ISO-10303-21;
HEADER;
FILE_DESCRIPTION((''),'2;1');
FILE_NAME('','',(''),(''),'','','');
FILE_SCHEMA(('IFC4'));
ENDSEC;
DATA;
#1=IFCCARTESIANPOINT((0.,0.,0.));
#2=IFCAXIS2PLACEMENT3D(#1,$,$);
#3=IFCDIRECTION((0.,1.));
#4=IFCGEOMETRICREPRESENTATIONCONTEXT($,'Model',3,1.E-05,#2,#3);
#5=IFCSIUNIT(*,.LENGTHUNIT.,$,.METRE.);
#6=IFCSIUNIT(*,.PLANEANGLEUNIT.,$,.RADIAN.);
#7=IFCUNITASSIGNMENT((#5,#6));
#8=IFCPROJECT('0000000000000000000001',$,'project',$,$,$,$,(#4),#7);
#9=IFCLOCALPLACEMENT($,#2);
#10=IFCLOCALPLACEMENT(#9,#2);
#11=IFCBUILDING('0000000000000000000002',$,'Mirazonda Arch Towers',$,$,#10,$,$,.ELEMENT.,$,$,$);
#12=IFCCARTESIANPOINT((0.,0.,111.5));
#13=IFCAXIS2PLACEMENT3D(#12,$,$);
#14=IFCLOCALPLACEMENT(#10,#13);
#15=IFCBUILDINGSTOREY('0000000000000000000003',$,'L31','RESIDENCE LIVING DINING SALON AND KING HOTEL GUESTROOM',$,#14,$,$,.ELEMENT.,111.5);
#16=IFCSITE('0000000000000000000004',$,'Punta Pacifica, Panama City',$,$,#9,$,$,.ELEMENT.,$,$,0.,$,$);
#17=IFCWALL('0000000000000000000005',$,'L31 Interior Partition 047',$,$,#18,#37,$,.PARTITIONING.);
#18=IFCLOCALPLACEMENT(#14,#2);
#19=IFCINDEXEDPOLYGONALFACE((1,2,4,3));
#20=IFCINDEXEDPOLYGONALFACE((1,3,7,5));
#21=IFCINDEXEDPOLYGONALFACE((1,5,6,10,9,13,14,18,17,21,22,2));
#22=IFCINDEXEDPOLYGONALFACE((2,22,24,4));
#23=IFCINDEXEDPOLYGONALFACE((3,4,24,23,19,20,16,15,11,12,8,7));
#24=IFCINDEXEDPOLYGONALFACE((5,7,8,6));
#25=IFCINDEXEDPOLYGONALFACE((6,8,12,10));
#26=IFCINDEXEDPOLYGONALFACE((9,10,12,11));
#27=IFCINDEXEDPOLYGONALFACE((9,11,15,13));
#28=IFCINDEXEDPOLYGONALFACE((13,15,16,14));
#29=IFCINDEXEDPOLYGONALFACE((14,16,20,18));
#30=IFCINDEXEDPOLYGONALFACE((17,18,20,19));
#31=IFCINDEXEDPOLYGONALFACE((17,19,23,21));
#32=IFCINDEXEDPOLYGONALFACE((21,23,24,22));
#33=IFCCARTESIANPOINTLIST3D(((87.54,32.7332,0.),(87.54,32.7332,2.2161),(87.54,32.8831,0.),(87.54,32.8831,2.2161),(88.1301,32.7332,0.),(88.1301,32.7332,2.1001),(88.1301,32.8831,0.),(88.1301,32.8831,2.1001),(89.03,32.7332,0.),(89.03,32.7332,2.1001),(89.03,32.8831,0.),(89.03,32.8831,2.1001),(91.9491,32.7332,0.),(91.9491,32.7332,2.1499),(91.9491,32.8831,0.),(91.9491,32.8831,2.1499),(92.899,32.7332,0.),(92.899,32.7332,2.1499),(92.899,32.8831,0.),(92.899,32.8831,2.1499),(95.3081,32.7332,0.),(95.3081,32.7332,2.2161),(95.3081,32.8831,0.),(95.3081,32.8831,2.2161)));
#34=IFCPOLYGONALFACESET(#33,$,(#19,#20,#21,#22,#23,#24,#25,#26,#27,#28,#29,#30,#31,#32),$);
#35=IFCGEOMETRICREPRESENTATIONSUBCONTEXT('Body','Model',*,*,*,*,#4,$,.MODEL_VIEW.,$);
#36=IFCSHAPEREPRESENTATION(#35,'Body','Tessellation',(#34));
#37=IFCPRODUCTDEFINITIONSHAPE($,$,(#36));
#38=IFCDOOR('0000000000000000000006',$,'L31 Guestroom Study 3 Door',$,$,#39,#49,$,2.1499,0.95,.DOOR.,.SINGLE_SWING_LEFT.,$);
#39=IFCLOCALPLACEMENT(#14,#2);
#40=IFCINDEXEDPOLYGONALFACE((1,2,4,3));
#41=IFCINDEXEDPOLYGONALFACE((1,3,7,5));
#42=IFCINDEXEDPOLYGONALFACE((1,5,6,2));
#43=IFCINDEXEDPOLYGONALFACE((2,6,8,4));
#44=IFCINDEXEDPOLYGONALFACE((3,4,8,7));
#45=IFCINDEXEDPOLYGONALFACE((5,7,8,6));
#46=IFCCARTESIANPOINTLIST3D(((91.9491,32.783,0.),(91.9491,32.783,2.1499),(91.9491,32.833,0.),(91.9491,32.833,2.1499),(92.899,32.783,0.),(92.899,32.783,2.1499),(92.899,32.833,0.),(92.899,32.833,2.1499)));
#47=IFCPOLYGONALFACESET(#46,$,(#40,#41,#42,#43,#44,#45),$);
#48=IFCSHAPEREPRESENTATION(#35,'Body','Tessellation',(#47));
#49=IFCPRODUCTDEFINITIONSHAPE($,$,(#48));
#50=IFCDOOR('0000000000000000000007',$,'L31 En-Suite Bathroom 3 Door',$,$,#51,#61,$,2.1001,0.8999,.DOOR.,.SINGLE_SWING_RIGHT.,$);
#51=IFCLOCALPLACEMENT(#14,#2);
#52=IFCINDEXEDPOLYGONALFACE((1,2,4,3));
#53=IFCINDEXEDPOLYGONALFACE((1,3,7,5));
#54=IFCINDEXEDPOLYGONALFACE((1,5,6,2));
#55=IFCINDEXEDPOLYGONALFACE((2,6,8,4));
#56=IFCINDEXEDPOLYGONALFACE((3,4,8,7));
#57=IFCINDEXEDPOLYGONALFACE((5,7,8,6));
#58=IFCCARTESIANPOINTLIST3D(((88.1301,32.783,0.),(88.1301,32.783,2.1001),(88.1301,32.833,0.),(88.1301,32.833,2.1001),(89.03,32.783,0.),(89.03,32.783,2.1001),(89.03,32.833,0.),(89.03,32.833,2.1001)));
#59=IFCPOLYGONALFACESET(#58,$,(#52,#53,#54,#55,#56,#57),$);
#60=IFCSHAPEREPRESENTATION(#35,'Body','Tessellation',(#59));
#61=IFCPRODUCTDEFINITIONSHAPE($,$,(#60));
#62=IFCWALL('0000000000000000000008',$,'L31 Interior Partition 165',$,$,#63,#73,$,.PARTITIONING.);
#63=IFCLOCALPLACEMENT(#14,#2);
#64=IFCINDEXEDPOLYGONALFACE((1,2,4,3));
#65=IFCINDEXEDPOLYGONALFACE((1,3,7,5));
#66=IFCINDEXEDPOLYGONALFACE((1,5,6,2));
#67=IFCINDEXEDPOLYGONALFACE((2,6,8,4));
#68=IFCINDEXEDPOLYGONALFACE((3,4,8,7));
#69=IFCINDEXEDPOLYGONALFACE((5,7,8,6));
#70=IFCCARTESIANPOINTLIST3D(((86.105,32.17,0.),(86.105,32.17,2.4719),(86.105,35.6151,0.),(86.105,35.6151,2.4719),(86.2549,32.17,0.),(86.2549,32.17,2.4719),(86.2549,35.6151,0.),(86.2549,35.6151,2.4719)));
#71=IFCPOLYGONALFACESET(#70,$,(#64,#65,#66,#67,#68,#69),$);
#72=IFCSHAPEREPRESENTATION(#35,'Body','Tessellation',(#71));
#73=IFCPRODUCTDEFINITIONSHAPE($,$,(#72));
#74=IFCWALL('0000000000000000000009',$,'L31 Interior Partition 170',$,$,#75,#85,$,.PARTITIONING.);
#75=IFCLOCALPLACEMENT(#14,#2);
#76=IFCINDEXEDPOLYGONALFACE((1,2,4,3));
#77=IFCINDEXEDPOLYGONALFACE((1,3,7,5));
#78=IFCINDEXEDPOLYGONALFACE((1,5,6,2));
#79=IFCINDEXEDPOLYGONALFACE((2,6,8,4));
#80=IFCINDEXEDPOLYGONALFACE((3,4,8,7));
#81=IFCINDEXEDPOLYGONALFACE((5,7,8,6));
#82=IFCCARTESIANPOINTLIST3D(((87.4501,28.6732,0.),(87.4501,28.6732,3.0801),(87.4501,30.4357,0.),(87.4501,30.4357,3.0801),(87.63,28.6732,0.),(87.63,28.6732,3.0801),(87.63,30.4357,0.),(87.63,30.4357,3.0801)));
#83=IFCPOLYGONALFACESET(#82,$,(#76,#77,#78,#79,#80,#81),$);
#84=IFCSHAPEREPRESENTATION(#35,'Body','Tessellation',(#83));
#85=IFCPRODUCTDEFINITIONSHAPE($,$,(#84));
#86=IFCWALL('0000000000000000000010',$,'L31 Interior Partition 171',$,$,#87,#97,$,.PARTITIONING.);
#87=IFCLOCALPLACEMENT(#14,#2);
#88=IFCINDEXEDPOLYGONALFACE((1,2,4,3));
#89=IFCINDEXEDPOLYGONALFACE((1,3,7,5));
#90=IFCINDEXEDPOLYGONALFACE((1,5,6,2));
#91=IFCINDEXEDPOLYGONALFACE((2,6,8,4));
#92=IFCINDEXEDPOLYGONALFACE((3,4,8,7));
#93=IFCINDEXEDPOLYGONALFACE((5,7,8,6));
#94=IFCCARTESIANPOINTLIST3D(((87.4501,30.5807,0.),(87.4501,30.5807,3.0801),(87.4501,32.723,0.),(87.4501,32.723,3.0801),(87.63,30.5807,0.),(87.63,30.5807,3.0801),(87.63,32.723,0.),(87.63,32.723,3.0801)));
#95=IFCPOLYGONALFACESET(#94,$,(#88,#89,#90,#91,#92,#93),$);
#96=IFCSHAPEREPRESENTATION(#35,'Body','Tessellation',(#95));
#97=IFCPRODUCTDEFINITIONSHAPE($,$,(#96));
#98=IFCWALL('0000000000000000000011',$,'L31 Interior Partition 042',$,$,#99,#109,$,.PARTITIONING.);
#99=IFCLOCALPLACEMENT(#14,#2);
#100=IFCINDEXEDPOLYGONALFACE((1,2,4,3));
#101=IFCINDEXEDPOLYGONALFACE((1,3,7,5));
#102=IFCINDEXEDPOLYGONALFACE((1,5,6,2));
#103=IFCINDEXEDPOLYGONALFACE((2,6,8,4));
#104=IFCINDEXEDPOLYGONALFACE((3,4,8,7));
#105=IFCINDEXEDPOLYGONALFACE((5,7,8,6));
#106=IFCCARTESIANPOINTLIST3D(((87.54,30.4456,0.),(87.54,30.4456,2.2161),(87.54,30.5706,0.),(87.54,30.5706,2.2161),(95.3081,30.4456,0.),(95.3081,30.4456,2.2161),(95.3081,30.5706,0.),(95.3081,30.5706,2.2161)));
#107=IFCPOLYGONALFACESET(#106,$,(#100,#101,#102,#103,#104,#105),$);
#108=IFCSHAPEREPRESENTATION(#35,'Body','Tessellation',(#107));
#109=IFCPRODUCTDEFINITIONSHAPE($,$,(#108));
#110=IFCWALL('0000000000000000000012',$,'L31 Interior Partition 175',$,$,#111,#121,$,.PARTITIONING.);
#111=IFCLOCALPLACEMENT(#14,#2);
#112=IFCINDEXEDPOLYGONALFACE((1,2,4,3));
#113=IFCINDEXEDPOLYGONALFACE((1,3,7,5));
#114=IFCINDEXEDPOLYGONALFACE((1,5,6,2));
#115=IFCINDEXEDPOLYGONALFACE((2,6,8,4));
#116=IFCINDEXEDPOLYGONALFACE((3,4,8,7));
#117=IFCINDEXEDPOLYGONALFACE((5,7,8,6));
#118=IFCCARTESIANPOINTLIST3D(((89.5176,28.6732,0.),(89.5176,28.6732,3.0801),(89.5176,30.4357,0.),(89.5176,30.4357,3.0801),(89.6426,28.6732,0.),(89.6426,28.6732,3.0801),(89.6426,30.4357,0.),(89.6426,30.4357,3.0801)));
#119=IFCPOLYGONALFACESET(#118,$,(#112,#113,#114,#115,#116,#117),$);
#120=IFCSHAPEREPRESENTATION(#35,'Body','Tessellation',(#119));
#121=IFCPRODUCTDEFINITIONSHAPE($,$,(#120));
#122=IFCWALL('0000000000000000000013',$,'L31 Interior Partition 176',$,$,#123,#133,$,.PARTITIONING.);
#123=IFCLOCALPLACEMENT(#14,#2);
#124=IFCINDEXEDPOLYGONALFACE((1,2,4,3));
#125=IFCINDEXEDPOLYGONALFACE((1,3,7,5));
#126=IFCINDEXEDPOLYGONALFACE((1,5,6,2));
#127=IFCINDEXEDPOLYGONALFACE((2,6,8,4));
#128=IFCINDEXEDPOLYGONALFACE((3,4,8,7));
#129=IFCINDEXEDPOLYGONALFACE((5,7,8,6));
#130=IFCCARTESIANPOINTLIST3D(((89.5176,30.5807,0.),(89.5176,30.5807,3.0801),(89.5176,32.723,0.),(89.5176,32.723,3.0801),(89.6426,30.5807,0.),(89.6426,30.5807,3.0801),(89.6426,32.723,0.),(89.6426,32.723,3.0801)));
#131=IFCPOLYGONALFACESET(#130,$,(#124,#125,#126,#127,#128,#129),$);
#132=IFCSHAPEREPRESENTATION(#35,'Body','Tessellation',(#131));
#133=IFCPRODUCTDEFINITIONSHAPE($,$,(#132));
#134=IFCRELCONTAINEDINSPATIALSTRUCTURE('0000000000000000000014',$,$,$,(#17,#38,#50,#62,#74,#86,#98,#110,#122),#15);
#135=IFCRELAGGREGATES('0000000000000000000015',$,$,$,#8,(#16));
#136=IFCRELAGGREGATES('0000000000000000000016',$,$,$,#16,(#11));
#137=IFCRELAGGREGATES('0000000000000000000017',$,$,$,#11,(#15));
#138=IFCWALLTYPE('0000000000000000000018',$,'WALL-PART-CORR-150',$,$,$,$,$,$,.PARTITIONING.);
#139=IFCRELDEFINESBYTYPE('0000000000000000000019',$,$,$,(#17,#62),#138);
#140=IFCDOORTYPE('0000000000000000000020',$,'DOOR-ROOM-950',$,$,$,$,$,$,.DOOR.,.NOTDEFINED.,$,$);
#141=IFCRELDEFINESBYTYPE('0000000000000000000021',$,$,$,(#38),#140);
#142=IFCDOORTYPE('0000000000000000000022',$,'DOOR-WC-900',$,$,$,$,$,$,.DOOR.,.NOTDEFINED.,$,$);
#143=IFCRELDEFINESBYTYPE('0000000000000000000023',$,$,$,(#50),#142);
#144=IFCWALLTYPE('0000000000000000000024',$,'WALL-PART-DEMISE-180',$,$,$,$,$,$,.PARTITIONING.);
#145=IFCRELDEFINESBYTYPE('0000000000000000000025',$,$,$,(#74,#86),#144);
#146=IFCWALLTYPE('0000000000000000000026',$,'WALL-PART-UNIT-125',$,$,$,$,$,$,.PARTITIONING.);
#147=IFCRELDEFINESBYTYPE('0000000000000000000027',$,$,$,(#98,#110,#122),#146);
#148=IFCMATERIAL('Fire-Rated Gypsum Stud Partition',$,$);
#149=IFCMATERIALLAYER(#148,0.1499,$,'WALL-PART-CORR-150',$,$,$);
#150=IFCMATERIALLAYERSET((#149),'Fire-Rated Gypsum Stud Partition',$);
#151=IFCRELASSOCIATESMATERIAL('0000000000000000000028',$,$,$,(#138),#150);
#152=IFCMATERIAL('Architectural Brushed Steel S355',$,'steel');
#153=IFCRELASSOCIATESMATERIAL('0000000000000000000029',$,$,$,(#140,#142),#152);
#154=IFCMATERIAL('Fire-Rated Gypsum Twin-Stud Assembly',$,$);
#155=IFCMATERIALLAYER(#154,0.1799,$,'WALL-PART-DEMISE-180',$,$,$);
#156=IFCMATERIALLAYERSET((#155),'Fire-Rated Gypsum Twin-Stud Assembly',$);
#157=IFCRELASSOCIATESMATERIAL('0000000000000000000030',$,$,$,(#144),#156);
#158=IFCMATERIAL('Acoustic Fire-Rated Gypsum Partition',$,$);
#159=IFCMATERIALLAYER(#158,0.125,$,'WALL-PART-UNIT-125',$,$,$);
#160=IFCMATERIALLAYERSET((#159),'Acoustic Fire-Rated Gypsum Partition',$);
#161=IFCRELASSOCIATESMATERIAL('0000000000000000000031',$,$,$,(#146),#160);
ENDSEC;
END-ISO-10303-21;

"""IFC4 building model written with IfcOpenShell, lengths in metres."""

from ifc_helpers import new_model, si_unit, direction, frame, frame_2d, origin, place, context, subcontext, project, spatial, rectangle, extrude, material, layer, layer_set, type_object, element, fill, save


model = new_model("IFC4")

# Units and contexts
model_context = context("Model", 3, precision=1e-05, world=origin(), true_north=direction((0.0, 1.0)))
body_context = subcontext(model_context, "Body", "Model", "MODEL_VIEW")
ifc_project = project(units=[si_unit("LENGTHUNIT", "METRE"), si_unit("PLANEANGLEUNIT", "RADIAN")], contexts=[model_context])

# Site, building, storey
site_placement = place(None, origin())
site = spatial("IfcSite", under=ifc_project, at=site_placement, Name="Punta Pacifica, Panama City", CompositionType="ELEMENT", RefElevation=0.0)
building_placement = place(site_placement, origin())
building = spatial("IfcBuilding", under=site, at=building_placement, Name="Mirazonda Arch Towers", CompositionType="ELEMENT")
storey_placement = place(building_placement, frame((0.0, 0.0, 111.5)))
storey = spatial("IfcBuildingStorey", under=building, at=storey_placement, Name="L31", Description="RESIDENCE LIVING DINING SALON AND KING HOTEL GUESTROOM", CompositionType="ELEMENT", Elevation=111.5)

# Wall, openings, doors
ifc_material_1 = material(Name="Fire-Rated Gypsum Stud Partition")
ifc_layer_1 = layer(ifc_material_1, 0.1499, Name="WALL-PART-CORR-150")
ifc_layer_set_1 = layer_set([ifc_layer_1], Name="Fire-Rated Gypsum Stud Partition")
wall_type_1 = type_object("IfcWallType", Name="WALL-PART-CORR-150", PredefinedType="PARTITIONING", material=ifc_layer_set_1)
ifc_material_2 = material(Name="Architectural Brushed Steel S355", Category="steel")
door_type_1 = type_object("IfcDoorType", Name="DOOR-ROOM-950", OperationType="NOTDEFINED", PredefinedType="DOOR", material=ifc_material_2)
door_type_2 = type_object("IfcDoorType", Name="DOOR-WC-900", OperationType="NOTDEFINED", PredefinedType="DOOR", material=ifc_material_2)
wall_1_placement = place(storey_placement, frame((87.54, 32.8081, 0.0), z_axis=(0.0, 0.0, 1.0), x_axis=(1.0, 0.0, 0.0)))
wall_1 = element("IfcWall", 1, at=wall_1_placement, inside=storey, type_object=wall_type_1, Name="L31 Interior Partition 047", PredefinedType="PARTITIONING", context=body_context, shape_type="SweptSolid", body=[
    extrude(rectangle(XDim=7.7681, YDim=0.1499, at=frame_2d((3.884, 0.0))), origin(), (0.0, 0.0, 1.0), 2.2161),
])
opening_1_placement = place(wall_1_placement, frame((4.4089, 0.0, 0.0)))
opening_1 = element("IfcOpeningElement", 2, at=opening_1_placement, cuts=wall_1, PredefinedType="OPENING", context=body_context, shape_type="SweptSolid", body=[
    extrude(rectangle(XDim=0.95, YDim=2.1499, at=frame_2d((0.4751, 1.075))), frame((0.0, 0.085, 0.0), z_axis=(0.0, -1.0, 0.0), x_axis=(1.0, 0.0, 0.0)), (0.0, 0.0, 1.0), 0.1699),
])
opening_2_placement = place(wall_1_placement, frame((0.5901, 0.0, 0.0)))
opening_2 = element("IfcOpeningElement", 3, at=opening_2_placement, cuts=wall_1, PredefinedType="OPENING", context=body_context, shape_type="SweptSolid", body=[
    extrude(rectangle(XDim=0.8999, YDim=2.1001, at=frame_2d((0.45, 1.05))), frame((0.0, 0.085, 0.0), z_axis=(0.0, -1.0, 0.0), x_axis=(1.0, 0.0, 0.0)), (0.0, 0.0, 1.0), 0.1699),
])
door_1_placement = place(opening_1_placement, origin())
door_1 = element("IfcDoor", 4, at=door_1_placement, inside=storey, type_object=door_type_1, Name="L31 Guestroom Study 3 Door", OperationType="SINGLE_SWING_LEFT", OverallHeight=2.1499, OverallWidth=0.95, PredefinedType="DOOR", context=body_context, shape_type="SweptSolid", body=[
    extrude(rectangle(XDim=0.95, YDim=2.1499, at=frame_2d((0.4751, 1.075))), frame((0.0, 0.0249, 0.0), z_axis=(0.0, -1.0, 0.0), x_axis=(1.0, 0.0, 0.0)), (0.0, 0.0, 1.0), 0.05),
])
fill(opening_1, door_1)
door_2_placement = place(opening_2_placement, origin())
door_2 = element("IfcDoor", 5, at=door_2_placement, inside=storey, type_object=door_type_2, Name="L31 En-Suite Bathroom 3 Door", OperationType="SINGLE_SWING_RIGHT", OverallHeight=2.1001, OverallWidth=0.8999, PredefinedType="DOOR", context=body_context, shape_type="SweptSolid", body=[
    extrude(rectangle(XDim=0.8999, YDim=2.1001, at=frame_2d((0.45, 1.05))), frame((0.0, 0.0249, 0.0), z_axis=(0.0, -1.0, 0.0), x_axis=(1.0, 0.0, 0.0)), (0.0, 0.0, 1.0), 0.05),
])
fill(opening_2, door_2)

# Walls
wall_2_placement = place(storey_placement, frame((86.1799, 32.1699, 0.0), z_axis=(0.0, 0.0, 1.0), x_axis=(0.0, 1.0, 0.0)))
element("IfcWall", 6, at=wall_2_placement, inside=storey, type_object=wall_type_1, Name="L31 Interior Partition 165", PredefinedType="PARTITIONING", context=body_context, shape_type="SweptSolid", body=[
    extrude(rectangle(XDim=3.4451, YDim=0.1499, at=frame_2d((1.7227, 0.0))), origin(), (0.0, 0.0, 1.0), 2.4719),
])
ifc_material_3 = material(Name="Fire-Rated Gypsum Twin-Stud Assembly")
ifc_layer_2 = layer(ifc_material_3, 0.1799, Name="WALL-PART-DEMISE-180")
ifc_layer_set_2 = layer_set([ifc_layer_2], Name="Fire-Rated Gypsum Twin-Stud Assembly")
wall_type_2 = type_object("IfcWallType", Name="WALL-PART-DEMISE-180", PredefinedType="PARTITIONING", material=ifc_layer_set_2)
wall_3_placement = place(storey_placement, frame((87.54, 28.6731, 0.0), z_axis=(0.0, 0.0, 1.0), x_axis=(0.0, 1.0, 0.0)))
element("IfcWall", 7, at=wall_3_placement, inside=storey, type_object=wall_type_2, Name="L31 Interior Partition 170", PredefinedType="PARTITIONING", context=body_context, shape_type="SweptSolid", body=[
    extrude(rectangle(XDim=1.7625, YDim=0.1799, at=frame_2d((0.8813, 0.0))), origin(), (0.0, 0.0, 1.0), 3.0801),
])
wall_4_placement = place(storey_placement, frame((87.54, 30.5806, 0.0), z_axis=(0.0, 0.0, 1.0), x_axis=(0.0, 1.0, 0.0)))
element("IfcWall", 8, at=wall_4_placement, inside=storey, type_object=wall_type_2, Name="L31 Interior Partition 171", PredefinedType="PARTITIONING", context=body_context, shape_type="SweptSolid", body=[
    extrude(rectangle(XDim=2.1423, YDim=0.1799, at=frame_2d((1.0713, 0.0))), origin(), (0.0, 0.0, 1.0), 3.0801),
])
ifc_material_4 = material(Name="Acoustic Fire-Rated Gypsum Partition")
ifc_layer_3 = layer(ifc_material_4, 0.125, Name="WALL-PART-UNIT-125")
ifc_layer_set_3 = layer_set([ifc_layer_3], Name="Acoustic Fire-Rated Gypsum Partition")
wall_type_3 = type_object("IfcWallType", Name="WALL-PART-UNIT-125", PredefinedType="PARTITIONING", material=ifc_layer_set_3)
wall_5_placement = place(storey_placement, frame((87.54, 30.5081, 0.0), z_axis=(0.0, 0.0, 1.0), x_axis=(1.0, 0.0, 0.0)))
element("IfcWall", 9, at=wall_5_placement, inside=storey, type_object=wall_type_3, Name="L31 Interior Partition 042", PredefinedType="PARTITIONING", context=body_context, shape_type="SweptSolid", body=[
    extrude(rectangle(XDim=7.7681, YDim=0.125, at=frame_2d((3.884, 0.0))), origin(), (0.0, 0.0, 1.0), 2.2161),
])
wall_6_placement = place(storey_placement, frame((89.5801, 28.6731, 0.0), z_axis=(0.0, 0.0, 1.0), x_axis=(0.0, 1.0, 0.0)))
element("IfcWall", 10, at=wall_6_placement, inside=storey, type_object=wall_type_3, Name="L31 Interior Partition 175", PredefinedType="PARTITIONING", context=body_context, shape_type="SweptSolid", body=[
    extrude(rectangle(XDim=1.7625, YDim=0.125, at=frame_2d((0.8813, 0.0))), origin(), (0.0, 0.0, 1.0), 3.0801),
])
wall_7_placement = place(storey_placement, frame((89.5801, 30.5806, 0.0), z_axis=(0.0, 0.0, 1.0), x_axis=(0.0, 1.0, 0.0)))
element("IfcWall", 11, at=wall_7_placement, inside=storey, type_object=wall_type_3, Name="L31 Interior Partition 176", PredefinedType="PARTITIONING", context=body_context, shape_type="SweptSolid", body=[
    extrude(rectangle(XDim=2.1423, YDim=0.125, at=frame_2d((1.0713, 0.0))), origin(), (0.0, 0.0, 1.0), 3.0801),
])

save(model, "model.ifc")
